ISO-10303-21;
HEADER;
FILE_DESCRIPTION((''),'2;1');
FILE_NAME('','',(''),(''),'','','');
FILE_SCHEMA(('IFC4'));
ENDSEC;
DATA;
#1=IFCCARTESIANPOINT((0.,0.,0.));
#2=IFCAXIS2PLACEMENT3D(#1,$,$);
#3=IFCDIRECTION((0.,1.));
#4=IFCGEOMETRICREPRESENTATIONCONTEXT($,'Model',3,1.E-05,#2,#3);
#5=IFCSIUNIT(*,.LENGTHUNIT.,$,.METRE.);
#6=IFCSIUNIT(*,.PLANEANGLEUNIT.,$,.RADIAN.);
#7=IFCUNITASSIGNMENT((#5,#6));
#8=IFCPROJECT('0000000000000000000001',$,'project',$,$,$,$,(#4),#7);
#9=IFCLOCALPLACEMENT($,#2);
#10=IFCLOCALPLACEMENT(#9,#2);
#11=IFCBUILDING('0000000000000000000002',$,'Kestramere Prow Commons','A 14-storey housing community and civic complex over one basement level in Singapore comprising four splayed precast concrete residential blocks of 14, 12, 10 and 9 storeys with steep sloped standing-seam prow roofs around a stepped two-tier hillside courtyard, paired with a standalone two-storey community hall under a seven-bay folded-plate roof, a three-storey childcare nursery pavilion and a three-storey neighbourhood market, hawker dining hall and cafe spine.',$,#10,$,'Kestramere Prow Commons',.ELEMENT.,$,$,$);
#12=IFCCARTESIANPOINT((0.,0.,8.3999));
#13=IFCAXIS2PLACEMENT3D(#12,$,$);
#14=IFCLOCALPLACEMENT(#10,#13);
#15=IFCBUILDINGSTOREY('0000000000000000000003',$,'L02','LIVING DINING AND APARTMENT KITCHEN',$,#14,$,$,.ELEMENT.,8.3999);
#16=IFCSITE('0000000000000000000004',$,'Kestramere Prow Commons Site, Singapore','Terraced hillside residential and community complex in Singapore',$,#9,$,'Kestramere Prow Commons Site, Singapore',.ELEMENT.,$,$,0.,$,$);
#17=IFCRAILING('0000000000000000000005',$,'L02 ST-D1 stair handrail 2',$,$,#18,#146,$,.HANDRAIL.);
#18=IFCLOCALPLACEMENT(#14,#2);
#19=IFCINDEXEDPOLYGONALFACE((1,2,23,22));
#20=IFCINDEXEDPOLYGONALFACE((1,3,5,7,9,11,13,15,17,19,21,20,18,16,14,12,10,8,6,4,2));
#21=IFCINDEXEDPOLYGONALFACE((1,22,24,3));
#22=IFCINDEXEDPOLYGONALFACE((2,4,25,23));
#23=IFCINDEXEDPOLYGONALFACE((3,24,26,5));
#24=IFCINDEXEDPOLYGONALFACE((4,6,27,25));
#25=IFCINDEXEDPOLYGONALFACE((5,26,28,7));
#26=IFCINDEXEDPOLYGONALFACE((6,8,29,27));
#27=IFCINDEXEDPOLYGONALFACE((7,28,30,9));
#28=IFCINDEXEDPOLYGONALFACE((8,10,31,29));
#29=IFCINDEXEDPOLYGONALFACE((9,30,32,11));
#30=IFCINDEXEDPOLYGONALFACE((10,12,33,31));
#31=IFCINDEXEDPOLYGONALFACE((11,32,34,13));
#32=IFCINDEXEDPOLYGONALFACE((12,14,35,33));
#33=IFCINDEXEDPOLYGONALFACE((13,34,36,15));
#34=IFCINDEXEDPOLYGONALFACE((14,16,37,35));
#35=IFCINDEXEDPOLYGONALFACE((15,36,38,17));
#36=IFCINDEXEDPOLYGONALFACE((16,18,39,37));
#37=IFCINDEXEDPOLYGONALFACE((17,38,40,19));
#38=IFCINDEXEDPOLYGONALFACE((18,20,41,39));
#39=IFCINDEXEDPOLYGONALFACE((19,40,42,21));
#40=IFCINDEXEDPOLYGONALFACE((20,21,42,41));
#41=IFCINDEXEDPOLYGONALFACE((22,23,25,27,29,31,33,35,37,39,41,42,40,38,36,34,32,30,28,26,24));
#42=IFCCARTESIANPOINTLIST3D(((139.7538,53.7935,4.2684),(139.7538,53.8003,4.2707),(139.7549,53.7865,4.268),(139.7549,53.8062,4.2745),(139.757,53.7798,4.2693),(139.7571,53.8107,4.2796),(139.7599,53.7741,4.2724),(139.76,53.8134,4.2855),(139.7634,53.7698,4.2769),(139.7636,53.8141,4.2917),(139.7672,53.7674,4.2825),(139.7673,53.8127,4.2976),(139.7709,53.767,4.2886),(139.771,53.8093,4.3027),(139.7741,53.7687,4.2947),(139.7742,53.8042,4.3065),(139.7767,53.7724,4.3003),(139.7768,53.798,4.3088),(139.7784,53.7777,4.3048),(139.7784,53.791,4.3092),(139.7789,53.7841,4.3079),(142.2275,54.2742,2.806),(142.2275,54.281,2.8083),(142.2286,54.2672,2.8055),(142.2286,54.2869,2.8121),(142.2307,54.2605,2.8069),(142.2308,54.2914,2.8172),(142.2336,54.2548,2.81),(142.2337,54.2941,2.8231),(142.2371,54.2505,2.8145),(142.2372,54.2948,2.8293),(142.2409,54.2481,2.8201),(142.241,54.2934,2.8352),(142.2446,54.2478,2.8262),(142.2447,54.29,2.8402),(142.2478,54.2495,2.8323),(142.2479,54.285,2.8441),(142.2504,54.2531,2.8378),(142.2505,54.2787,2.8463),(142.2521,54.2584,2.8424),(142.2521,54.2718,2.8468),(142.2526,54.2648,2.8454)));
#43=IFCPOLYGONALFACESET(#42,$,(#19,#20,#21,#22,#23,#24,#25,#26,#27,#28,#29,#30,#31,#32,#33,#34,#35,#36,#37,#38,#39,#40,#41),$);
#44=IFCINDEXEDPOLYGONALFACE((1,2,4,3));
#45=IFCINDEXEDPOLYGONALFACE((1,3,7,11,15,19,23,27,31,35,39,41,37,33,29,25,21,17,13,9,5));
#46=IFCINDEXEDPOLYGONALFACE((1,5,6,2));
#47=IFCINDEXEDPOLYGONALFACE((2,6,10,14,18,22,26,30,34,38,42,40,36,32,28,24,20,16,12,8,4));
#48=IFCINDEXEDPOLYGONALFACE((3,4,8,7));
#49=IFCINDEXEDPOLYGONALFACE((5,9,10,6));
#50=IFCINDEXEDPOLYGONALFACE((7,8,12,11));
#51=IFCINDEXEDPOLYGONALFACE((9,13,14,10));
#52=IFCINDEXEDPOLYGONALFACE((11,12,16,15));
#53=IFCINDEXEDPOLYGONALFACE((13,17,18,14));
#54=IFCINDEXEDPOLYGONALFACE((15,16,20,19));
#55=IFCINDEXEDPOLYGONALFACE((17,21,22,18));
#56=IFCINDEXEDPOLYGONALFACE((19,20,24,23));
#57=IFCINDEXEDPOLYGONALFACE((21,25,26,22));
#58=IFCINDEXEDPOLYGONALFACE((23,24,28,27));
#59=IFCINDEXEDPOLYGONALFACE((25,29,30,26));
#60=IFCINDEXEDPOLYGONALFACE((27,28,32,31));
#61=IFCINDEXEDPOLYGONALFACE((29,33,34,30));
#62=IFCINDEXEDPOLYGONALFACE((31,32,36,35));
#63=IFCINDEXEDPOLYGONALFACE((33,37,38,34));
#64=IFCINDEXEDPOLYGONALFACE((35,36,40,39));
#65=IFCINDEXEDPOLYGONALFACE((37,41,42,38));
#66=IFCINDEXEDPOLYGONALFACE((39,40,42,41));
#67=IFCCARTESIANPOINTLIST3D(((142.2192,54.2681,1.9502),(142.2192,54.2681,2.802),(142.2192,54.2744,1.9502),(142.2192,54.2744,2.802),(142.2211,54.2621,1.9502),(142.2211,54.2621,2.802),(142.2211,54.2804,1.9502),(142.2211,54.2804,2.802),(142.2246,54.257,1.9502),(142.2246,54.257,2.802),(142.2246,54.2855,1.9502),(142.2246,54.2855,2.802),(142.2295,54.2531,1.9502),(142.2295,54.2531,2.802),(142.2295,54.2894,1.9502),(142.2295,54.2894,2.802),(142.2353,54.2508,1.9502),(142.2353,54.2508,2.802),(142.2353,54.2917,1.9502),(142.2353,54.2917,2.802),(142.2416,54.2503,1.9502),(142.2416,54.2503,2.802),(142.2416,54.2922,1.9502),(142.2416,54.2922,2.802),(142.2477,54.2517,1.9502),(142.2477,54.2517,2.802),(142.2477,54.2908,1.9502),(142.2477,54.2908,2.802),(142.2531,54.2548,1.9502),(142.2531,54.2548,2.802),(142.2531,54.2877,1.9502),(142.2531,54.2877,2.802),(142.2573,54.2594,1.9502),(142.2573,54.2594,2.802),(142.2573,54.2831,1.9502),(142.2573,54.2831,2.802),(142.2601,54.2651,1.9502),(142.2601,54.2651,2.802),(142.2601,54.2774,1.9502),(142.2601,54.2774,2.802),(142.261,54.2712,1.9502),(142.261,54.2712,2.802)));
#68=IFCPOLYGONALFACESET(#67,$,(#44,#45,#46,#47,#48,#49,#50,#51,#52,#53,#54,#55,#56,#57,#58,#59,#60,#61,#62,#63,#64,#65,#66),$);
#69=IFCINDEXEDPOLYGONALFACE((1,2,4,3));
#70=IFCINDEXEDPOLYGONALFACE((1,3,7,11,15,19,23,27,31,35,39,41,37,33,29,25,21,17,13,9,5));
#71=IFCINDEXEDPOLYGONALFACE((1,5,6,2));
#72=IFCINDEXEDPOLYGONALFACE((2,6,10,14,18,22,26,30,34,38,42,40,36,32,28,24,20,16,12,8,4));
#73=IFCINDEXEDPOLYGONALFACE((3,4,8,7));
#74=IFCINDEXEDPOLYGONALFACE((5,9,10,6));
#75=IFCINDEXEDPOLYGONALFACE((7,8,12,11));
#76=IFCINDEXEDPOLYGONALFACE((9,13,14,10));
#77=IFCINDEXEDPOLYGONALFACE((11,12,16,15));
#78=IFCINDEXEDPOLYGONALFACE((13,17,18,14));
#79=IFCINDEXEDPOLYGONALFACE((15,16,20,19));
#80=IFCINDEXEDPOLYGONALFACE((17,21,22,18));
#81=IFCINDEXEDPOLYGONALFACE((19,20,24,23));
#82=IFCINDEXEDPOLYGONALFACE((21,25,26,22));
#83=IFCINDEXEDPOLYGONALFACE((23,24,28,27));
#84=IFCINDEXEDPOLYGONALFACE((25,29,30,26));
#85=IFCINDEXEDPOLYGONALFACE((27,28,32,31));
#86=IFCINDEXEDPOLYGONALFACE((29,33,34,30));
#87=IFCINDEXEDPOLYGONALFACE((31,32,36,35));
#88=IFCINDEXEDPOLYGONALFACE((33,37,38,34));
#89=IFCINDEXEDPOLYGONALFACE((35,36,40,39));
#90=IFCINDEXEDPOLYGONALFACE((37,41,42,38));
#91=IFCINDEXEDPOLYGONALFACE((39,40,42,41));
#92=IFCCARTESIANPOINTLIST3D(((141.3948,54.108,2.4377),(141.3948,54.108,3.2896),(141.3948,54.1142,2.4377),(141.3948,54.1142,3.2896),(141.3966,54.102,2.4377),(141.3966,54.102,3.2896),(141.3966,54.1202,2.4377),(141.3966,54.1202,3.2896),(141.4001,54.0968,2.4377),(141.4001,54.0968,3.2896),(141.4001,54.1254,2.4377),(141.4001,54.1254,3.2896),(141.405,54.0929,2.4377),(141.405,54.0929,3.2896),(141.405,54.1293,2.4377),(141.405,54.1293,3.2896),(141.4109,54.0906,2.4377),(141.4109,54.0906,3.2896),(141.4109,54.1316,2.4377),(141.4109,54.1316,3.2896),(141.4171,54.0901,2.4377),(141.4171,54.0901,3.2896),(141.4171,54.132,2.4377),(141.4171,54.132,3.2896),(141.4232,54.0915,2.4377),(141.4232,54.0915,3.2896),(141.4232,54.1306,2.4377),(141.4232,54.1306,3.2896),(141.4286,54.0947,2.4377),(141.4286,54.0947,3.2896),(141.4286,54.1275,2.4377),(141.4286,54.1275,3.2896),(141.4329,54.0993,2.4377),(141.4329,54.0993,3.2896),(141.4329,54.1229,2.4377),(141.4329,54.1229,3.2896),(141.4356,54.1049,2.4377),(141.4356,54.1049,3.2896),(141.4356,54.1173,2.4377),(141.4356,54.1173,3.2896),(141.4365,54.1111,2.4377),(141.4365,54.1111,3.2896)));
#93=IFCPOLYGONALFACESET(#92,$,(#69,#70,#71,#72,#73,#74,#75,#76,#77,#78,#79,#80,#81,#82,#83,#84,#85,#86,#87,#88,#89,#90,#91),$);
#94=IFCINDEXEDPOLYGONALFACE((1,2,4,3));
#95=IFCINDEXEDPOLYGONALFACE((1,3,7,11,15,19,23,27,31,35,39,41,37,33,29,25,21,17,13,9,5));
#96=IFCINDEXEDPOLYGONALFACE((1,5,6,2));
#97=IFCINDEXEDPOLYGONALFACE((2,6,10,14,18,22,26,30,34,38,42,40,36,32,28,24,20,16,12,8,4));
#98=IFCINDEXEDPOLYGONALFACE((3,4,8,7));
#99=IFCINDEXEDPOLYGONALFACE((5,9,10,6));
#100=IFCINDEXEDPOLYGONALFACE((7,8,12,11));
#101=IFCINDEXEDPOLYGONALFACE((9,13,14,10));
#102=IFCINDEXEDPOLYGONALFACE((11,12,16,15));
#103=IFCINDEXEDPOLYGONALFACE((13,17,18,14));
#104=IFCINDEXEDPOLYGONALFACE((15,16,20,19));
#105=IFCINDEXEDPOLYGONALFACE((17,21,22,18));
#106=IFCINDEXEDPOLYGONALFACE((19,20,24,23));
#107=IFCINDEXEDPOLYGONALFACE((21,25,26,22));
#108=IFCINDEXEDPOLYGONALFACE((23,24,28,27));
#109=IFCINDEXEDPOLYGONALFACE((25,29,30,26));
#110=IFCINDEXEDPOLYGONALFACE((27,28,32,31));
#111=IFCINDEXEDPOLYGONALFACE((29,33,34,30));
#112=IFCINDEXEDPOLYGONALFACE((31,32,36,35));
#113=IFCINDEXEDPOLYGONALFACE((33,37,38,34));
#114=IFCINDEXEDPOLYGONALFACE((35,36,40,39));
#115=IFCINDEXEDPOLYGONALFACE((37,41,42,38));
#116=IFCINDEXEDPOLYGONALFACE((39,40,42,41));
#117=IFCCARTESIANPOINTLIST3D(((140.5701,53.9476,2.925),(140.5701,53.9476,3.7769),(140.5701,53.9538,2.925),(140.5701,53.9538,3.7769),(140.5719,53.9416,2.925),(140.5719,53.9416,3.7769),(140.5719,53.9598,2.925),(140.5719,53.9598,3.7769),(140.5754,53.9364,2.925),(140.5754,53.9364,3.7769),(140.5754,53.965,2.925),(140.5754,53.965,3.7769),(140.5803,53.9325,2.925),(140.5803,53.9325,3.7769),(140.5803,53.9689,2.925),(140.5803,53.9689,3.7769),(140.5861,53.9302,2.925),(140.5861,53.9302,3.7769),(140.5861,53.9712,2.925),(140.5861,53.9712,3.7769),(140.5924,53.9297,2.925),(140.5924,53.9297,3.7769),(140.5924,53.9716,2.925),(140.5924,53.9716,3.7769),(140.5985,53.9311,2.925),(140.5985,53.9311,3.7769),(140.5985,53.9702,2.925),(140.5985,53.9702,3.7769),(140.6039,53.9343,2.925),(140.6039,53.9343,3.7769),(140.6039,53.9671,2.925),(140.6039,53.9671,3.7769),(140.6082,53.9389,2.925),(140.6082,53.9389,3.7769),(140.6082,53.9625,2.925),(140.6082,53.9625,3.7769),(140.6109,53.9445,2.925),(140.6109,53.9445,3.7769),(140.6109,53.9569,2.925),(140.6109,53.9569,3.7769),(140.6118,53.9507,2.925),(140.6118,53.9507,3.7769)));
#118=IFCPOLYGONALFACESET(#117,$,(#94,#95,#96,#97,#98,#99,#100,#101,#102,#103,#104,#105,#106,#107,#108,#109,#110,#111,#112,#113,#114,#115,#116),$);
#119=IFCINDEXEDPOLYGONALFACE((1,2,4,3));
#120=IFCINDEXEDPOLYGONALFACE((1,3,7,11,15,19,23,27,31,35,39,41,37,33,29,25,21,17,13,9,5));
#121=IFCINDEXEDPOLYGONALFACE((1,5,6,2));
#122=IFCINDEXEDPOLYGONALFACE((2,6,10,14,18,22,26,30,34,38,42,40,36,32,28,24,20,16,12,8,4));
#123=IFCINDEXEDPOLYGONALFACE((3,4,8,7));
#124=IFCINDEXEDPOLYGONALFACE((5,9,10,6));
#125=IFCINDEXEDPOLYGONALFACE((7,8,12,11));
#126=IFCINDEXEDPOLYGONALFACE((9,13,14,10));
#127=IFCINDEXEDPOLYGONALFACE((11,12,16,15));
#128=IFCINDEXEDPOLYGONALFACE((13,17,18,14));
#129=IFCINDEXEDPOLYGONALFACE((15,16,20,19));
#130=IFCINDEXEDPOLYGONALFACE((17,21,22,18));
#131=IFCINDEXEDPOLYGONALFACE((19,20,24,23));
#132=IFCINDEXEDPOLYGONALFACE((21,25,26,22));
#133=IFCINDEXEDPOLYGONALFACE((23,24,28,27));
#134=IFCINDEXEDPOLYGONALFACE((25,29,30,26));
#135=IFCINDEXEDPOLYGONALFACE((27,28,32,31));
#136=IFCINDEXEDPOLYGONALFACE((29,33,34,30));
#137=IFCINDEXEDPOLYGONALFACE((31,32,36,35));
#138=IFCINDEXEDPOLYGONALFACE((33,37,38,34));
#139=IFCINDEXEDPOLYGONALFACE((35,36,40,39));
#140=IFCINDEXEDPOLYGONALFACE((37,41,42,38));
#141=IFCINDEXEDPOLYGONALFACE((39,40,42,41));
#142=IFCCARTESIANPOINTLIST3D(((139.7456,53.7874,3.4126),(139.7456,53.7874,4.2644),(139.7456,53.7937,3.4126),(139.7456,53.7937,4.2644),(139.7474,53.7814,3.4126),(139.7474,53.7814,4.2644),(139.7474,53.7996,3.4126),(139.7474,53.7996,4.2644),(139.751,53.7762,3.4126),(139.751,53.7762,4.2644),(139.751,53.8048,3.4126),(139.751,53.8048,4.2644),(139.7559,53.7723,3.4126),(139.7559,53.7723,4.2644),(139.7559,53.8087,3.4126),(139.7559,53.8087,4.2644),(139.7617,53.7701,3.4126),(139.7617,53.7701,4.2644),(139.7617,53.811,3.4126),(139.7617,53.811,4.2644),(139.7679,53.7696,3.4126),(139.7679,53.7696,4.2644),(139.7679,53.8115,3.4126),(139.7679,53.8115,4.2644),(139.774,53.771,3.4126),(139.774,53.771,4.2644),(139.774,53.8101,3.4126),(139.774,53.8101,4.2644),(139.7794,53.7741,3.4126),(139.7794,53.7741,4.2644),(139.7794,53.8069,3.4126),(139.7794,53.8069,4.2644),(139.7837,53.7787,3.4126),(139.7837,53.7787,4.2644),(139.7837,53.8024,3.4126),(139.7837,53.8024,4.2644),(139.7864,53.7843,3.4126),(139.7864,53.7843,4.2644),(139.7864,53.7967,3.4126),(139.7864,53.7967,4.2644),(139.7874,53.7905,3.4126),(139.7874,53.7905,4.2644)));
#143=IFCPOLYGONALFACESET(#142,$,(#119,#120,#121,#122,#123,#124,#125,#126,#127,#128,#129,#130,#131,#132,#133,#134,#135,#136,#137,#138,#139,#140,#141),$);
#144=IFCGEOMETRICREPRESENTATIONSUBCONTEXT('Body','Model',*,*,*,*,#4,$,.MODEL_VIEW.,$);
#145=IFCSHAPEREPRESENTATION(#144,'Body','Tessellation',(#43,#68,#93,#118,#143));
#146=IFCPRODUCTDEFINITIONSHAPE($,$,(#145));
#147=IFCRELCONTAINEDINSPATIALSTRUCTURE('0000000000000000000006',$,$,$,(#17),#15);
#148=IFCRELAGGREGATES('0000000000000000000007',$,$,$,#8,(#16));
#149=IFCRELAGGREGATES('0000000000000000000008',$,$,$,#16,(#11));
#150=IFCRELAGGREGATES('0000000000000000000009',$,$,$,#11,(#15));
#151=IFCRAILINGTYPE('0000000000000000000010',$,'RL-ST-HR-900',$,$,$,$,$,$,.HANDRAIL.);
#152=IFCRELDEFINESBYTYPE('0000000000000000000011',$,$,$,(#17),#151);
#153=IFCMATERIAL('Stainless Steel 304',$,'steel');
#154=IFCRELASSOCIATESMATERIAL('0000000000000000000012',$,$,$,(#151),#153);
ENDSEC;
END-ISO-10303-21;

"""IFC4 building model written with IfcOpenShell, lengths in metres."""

from ifc_helpers import new_model, si_unit, direction, frame, origin, origin_2d, place, context, subcontext, project, spatial, circle, extrude, material, type_object, element, save


model = new_model("IFC4")

# Units and contexts
model_context = context("Model", 3, precision=1e-05, world=origin(), true_north=direction((0.0, 1.0)))
body_context = subcontext(model_context, "Body", "Model", "MODEL_VIEW")
ifc_project = project(units=[si_unit("LENGTHUNIT", "METRE"), si_unit("PLANEANGLEUNIT", "RADIAN")], contexts=[model_context])

# Site, building, storey
site_placement = place(None, origin())
site = spatial("IfcSite", under=ifc_project, at=site_placement, Name="Kestramere Prow Commons Site, Singapore", Description="Terraced hillside residential and community complex in Singapore", LongName="Kestramere Prow Commons Site, Singapore", CompositionType="ELEMENT", RefElevation=0.0)
building_placement = place(site_placement, origin())
building = spatial("IfcBuilding", under=site, at=building_placement, Name="Kestramere Prow Commons", Description="A 14-storey housing community and civic complex over one basement level in Singapore comprising four splayed precast concrete residential blocks of 14, 12, 10 and 9 storeys with steep sloped standing-seam prow roofs around a stepped two-tier hillside courtyard, paired with a standalone two-storey community hall under a seven-bay folded-plate roof, a three-storey childcare nursery pavilion and a three-storey neighbourhood market, hawker dining hall and cafe spine.", LongName="Kestramere Prow Commons", CompositionType="ELEMENT")
storey_placement = place(building_placement, frame((0.0, 0.0, 8.3999)))
storey = spatial("IfcBuildingStorey", under=building, at=storey_placement, Name="L02", Description="LIVING DINING AND APARTMENT KITCHEN", CompositionType="ELEMENT", Elevation=8.3999)

# Railing
ifc_material_1 = material(Name="Stainless Steel 304", Category="steel")
railing_type_1 = type_object("IfcRailingType", Name="RL-ST-HR-900", PredefinedType="HANDRAIL", material=ifc_material_1)
railing_1_placement = place(storey_placement, frame((142.24, 54.2712, 1.9502)))
element("IfcRailing", 1, at=railing_1_placement, inside=storey, type_object=railing_type_1, Name="L02 ST-D1 stair handrail 2", PredefinedType="HANDRAIL", context=body_context, shape_type="SweptSolid", body=[
    extrude(circle(Radius=0.0239, at=origin_2d()), frame((0.0, 0.0, 0.876), z_axis=(-0.84902, -0.164994, 0.501938), x_axis=(0.190766, -0.981636, 0.0)), (0.0, 0.0, 1.0), 2.9136),
    extrude(circle(Radius=0.021, at=origin_2d()), origin(), (0.0, 0.0, 1.0), 0.8518),
    extrude(circle(Radius=0.021, at=origin_2d()), frame((-0.8245, -0.1602, 0.4875)), (0.0, 0.0, 1.0), 0.8518),
    extrude(circle(Radius=0.021, at=origin_2d()), frame((-1.6492, -0.3206, 0.9749)), (0.0, 0.0, 1.0), 0.8518),
    extrude(circle(Radius=0.021, at=origin_2d()), frame((-2.4736, -0.4807, 1.4624)), (0.0, 0.0, 1.0), 0.8518),
])

save(model, "model.ifc")
